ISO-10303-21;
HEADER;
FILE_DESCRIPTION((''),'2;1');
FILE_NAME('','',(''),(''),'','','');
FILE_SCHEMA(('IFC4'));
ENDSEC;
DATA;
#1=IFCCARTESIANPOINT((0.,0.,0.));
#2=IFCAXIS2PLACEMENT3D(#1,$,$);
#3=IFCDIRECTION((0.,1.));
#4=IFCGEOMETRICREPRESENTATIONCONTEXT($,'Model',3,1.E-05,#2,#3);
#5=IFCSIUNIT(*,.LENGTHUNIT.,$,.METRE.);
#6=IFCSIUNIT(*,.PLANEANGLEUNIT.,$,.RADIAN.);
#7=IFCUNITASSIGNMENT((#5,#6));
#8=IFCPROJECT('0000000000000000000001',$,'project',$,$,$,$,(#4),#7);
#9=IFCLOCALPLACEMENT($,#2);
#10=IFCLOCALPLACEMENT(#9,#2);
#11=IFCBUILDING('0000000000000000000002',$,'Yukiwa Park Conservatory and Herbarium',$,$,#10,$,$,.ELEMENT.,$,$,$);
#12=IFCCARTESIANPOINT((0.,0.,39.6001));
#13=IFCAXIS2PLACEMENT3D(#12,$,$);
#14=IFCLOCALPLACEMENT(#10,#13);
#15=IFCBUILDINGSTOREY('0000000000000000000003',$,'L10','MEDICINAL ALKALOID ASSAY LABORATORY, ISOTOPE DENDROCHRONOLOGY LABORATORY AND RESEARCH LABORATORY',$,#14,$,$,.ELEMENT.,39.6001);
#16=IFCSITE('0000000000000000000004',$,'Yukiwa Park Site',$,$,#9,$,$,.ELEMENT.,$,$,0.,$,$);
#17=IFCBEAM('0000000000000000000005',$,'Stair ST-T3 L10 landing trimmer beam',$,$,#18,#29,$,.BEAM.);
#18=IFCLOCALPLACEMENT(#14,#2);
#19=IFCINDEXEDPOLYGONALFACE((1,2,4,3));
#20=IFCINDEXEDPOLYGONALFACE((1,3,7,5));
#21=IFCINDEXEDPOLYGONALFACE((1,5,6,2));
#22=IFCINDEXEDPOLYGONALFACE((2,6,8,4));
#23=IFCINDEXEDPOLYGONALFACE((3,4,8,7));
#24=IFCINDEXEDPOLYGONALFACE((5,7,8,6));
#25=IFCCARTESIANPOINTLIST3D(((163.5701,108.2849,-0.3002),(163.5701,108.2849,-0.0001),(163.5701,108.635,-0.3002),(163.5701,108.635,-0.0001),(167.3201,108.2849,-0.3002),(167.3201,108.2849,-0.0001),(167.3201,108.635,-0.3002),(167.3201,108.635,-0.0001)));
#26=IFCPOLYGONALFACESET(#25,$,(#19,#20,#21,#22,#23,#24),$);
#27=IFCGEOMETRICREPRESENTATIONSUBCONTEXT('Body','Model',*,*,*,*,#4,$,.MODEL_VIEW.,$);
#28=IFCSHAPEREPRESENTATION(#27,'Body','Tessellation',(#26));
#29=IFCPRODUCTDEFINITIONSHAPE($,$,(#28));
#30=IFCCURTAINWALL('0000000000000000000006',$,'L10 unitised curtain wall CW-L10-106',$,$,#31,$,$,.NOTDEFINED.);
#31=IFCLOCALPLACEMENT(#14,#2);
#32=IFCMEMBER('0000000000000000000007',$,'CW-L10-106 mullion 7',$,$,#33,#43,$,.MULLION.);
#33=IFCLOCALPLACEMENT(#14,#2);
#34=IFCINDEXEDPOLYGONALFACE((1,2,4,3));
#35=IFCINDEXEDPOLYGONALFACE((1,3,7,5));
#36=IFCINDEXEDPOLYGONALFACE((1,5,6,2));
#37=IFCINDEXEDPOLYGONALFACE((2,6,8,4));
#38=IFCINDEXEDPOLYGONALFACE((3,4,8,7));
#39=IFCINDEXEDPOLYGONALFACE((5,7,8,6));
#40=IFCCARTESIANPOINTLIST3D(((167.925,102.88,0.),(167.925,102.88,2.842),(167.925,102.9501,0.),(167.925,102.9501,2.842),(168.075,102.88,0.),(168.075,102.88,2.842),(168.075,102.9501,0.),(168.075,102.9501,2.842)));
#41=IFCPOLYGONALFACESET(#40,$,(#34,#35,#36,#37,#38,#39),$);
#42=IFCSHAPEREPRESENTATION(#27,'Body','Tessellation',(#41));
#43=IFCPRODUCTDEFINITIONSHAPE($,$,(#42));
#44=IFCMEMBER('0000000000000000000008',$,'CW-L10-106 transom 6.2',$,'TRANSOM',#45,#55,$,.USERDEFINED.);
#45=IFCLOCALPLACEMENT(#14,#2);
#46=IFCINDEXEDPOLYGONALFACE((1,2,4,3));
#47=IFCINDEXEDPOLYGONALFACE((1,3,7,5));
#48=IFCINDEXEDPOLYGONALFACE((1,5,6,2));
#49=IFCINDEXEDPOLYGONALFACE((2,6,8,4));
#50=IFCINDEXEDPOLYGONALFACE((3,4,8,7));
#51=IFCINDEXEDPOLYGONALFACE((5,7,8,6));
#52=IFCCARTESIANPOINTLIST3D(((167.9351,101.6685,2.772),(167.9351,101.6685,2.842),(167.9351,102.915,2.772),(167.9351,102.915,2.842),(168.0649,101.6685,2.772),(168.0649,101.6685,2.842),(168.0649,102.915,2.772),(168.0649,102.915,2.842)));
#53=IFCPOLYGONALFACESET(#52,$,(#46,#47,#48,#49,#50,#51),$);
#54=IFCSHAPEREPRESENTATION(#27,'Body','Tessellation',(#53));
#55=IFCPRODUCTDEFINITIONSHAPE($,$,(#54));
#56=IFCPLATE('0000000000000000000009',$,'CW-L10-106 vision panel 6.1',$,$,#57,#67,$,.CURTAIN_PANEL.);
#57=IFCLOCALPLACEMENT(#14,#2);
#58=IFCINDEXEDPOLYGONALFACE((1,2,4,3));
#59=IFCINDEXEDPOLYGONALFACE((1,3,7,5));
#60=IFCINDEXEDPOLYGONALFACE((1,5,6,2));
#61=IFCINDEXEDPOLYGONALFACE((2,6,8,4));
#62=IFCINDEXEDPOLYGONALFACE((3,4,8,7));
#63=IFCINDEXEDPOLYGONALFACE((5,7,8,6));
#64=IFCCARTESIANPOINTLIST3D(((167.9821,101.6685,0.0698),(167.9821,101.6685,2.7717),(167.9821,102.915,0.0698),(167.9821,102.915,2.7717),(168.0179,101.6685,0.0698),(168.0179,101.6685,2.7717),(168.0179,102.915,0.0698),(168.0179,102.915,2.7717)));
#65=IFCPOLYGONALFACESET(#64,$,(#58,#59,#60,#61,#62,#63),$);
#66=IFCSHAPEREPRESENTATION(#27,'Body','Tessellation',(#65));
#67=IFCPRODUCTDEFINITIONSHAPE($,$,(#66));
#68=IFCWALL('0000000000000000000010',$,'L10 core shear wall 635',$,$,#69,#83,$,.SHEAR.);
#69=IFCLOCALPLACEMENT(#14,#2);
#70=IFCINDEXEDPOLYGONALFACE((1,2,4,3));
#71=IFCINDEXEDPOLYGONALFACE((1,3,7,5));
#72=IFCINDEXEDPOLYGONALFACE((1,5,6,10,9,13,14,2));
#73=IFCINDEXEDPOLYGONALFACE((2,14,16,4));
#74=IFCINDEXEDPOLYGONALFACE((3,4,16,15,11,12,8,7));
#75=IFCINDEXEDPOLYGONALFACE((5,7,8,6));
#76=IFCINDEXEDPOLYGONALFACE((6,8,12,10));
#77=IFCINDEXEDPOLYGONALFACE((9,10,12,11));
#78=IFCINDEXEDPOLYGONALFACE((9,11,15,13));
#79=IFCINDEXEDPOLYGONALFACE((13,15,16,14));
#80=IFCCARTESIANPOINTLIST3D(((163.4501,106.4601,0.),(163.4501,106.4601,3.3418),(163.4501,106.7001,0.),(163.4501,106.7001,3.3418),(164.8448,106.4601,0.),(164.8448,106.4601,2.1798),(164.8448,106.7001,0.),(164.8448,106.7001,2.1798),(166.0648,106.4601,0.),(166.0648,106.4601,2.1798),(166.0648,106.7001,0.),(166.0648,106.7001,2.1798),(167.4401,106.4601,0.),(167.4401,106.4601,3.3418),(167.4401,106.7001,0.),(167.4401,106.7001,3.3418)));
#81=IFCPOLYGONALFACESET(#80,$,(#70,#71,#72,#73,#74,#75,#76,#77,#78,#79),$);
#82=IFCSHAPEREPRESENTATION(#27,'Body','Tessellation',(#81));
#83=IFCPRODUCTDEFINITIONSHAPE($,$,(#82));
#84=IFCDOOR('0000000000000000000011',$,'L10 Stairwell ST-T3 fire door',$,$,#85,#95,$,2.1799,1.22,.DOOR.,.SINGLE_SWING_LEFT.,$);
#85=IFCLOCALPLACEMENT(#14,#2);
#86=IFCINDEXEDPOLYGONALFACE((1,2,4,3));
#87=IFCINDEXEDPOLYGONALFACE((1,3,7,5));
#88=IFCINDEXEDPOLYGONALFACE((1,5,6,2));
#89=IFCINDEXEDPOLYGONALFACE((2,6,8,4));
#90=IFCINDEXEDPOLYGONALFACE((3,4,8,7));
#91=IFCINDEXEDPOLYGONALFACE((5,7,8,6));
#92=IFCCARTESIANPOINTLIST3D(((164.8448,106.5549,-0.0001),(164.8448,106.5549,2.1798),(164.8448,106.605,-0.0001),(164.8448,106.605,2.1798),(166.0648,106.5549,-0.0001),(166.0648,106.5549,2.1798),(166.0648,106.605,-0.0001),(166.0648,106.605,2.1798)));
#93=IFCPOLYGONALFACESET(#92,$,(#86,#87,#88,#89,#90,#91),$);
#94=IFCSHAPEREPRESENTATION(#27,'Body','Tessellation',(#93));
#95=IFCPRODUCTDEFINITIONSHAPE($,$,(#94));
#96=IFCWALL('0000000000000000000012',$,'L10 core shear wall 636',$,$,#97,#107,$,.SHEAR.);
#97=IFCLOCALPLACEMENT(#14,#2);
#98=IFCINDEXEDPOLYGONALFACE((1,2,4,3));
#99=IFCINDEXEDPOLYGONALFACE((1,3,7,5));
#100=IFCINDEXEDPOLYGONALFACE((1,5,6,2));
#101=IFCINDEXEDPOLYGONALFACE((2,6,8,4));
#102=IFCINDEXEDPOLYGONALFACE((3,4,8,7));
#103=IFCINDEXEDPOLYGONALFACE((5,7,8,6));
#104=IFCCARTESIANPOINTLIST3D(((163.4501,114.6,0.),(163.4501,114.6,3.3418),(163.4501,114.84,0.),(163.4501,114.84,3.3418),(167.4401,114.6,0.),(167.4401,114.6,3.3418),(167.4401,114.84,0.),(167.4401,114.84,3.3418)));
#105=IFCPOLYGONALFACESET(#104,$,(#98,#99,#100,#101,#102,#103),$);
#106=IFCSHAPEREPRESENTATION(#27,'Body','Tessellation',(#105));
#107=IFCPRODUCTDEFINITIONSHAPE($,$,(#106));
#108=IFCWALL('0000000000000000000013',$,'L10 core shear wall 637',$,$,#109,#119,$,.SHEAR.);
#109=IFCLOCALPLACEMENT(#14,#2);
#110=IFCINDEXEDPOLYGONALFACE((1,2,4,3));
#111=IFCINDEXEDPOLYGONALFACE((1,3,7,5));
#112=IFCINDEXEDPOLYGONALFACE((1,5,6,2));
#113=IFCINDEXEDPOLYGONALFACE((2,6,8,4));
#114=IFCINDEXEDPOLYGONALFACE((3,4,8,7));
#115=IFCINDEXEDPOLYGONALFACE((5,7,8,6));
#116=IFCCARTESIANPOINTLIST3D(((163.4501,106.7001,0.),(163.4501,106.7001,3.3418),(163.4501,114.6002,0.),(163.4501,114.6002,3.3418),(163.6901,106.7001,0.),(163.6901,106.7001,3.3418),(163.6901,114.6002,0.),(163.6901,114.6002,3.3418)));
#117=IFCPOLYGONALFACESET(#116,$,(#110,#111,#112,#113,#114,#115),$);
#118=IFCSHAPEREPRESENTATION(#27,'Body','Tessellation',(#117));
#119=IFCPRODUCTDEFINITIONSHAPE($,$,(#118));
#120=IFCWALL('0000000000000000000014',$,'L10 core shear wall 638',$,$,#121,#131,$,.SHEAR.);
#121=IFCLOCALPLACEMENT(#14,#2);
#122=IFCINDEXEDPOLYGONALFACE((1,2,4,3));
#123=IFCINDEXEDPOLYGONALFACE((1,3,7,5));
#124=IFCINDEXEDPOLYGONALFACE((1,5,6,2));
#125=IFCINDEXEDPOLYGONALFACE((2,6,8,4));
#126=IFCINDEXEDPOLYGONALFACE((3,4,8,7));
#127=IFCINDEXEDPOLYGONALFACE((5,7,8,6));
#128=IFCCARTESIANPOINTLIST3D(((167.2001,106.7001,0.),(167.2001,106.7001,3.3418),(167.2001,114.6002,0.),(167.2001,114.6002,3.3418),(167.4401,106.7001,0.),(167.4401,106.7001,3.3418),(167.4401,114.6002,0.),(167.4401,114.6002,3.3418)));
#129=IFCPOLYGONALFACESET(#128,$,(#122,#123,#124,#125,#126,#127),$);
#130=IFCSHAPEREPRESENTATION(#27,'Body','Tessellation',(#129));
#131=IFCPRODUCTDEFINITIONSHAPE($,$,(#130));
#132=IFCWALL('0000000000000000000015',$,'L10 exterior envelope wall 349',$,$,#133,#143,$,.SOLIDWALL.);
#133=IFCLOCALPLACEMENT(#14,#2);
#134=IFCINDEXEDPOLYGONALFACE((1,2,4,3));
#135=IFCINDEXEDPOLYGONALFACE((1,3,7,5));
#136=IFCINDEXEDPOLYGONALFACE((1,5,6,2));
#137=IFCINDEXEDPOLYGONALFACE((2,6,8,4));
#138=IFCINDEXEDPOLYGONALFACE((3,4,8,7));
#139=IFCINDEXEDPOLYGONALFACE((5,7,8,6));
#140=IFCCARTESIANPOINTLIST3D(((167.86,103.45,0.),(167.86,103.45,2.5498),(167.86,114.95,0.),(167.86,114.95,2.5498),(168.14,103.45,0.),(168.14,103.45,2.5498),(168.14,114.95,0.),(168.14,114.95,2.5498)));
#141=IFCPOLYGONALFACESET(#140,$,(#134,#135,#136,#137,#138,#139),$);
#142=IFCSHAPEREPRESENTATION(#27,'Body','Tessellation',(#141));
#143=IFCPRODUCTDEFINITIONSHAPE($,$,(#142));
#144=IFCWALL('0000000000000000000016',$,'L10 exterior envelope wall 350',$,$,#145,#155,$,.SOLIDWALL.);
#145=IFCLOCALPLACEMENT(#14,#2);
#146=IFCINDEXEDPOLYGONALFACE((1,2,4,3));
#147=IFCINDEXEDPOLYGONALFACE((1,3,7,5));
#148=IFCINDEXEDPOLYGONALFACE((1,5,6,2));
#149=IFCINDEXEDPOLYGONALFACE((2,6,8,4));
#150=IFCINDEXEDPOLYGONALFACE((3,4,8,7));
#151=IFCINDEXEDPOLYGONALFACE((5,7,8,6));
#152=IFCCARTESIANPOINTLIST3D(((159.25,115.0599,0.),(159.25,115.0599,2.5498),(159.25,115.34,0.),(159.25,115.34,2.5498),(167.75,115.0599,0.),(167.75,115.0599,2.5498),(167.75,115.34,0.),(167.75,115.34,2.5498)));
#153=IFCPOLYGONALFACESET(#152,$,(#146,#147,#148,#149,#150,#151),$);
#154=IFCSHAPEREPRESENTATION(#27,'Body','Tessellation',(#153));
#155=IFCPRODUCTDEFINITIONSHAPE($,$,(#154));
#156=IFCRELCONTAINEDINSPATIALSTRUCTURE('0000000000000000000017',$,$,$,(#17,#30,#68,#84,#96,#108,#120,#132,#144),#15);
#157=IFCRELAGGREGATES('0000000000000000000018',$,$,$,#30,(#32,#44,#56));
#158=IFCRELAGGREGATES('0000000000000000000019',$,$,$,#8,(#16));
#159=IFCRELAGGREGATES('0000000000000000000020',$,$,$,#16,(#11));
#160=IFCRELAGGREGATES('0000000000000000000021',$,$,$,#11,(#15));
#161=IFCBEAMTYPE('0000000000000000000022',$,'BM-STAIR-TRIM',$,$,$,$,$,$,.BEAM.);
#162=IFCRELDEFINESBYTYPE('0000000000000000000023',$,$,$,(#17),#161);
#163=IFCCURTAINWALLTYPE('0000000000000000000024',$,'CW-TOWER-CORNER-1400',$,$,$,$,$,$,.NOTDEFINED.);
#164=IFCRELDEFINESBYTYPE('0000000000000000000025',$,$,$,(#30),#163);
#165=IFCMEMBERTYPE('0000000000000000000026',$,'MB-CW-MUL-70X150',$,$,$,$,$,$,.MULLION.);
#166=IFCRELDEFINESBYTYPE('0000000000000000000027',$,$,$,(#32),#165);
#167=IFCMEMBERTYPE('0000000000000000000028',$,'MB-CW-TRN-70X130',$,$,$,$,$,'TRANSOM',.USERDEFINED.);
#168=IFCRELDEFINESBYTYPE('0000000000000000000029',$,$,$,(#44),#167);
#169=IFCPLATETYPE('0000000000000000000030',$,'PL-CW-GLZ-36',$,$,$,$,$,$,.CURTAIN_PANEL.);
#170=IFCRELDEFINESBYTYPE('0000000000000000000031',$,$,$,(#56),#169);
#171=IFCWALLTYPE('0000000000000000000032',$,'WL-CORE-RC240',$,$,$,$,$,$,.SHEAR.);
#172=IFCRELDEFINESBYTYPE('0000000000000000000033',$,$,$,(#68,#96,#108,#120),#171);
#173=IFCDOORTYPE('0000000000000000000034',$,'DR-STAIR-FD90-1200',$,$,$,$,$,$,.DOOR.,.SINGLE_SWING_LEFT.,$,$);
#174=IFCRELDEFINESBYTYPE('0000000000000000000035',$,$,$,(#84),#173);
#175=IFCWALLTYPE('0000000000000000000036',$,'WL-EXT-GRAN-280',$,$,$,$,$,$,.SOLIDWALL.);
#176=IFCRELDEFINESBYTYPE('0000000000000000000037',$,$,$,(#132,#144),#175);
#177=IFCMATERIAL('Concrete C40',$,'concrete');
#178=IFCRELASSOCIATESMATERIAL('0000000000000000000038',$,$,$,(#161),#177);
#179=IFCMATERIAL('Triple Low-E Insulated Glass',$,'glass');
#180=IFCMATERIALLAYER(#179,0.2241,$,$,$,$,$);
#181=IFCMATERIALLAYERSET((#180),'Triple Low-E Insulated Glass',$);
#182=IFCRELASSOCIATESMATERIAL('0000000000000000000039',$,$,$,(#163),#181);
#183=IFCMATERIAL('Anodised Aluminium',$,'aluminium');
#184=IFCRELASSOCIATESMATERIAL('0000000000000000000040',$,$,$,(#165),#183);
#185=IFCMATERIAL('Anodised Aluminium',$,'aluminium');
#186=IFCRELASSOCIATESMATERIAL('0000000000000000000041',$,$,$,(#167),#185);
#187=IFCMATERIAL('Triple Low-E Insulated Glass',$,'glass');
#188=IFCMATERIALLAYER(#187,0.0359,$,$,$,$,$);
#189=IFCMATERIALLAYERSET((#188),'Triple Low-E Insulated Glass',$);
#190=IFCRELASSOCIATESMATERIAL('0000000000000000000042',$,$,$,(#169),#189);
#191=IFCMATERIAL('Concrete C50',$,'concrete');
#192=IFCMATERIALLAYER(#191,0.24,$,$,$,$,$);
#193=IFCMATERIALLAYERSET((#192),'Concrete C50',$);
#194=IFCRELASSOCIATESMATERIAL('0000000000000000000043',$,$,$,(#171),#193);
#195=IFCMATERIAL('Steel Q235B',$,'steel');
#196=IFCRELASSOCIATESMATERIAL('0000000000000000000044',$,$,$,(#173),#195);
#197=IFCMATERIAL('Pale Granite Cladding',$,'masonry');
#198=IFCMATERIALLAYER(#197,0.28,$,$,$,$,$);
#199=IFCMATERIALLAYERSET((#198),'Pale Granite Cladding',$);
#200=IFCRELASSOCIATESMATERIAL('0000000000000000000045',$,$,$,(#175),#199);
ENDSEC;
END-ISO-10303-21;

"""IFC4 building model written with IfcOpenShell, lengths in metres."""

from ifc_helpers import new_model, si_unit, direction, frame, frame_2d, origin, origin_2d, place, context, subcontext, project, spatial, rectangle, extrude, material, layer, layer_set, material_profile, profile_set, type_object, element, fill, aggregate, save


model = new_model("IFC4")

# Units and contexts
model_context = context("Model", 3, precision=1e-05, world=origin(), true_north=direction((0.0, 1.0)))
body_context = subcontext(model_context, "Body", "Model", "MODEL_VIEW")
ifc_project = project(units=[si_unit("LENGTHUNIT", "METRE"), si_unit("PLANEANGLEUNIT", "RADIAN")], contexts=[model_context])

# Site, building, storey
site_placement = place(None, origin())
site = spatial("IfcSite", under=ifc_project, at=site_placement, Name="Yukiwa Park Site", CompositionType="ELEMENT", RefElevation=0.0)
building_placement = place(site_placement, origin())
building = spatial("IfcBuilding", under=site, at=building_placement, Name="Yukiwa Park Conservatory and Herbarium", CompositionType="ELEMENT")
storey_placement = place(building_placement, frame((0.0, 0.0, 39.6001)))
storey = spatial("IfcBuildingStorey", under=building, at=storey_placement, Name="L10", Description="MEDICINAL ALKALOID ASSAY LABORATORY, ISOTOPE DENDROCHRONOLOGY LABORATORY AND RESEARCH LABORATORY", CompositionType="ELEMENT", Elevation=39.6001)

# Beam
ifc_material_1 = material(Name="Concrete C40", Category="concrete")
ifc_material_profile_1 = material_profile(ifc_material_1, rectangle(XDim=0.3501, YDim=0.3, at=origin_2d()), Name="RC 350x300")
ifc_profile_set_1 = profile_set([ifc_material_profile_1], Name="Concrete C40")
beam_type_1 = type_object("IfcBeamType", Name="BM-STAIR-TRIM", PredefinedType="BEAM", material=ifc_profile_set_1)
beam_1_placement = place(storey_placement, frame((163.5701, 108.46, -0.1501), z_axis=(1.0, 0.0, 0.0), x_axis=(0.0, 1.0, 0.0)))
element("IfcBeam", 1, at=beam_1_placement, inside=storey, type_object=beam_type_1, Name="Stair ST-T3 L10 landing trimmer beam", PredefinedType="BEAM", context=body_context, shape_type="SweptSolid", body=[
    extrude(rectangle(XDim=0.3501, YDim=0.3, at=origin_2d()), origin(), (0.0, 0.0, 1.0), 3.75),
])

# Curtain wall, members, plate
ifc_material_2 = material(Name="Triple Low-E Insulated Glass", Category="glass")
ifc_layer_1 = layer(ifc_material_2, 0.2241)
ifc_layer_set_1 = layer_set([ifc_layer_1], Name="Triple Low-E Insulated Glass")
curtain_wall_type = type_object("IfcCurtainWallType", Name="CW-TOWER-CORNER-1400", PredefinedType="NOTDEFINED", material=ifc_layer_set_1)
curtain_wall_placement = place(storey_placement, origin())
curtain_wall = element("IfcCurtainWall", 2, at=curtain_wall_placement, inside=storey, type_object=curtain_wall_type, Name="L10 unitised curtain wall CW-L10-106", PredefinedType="NOTDEFINED")
ifc_material_3 = material(Name="Anodised Aluminium", Category="aluminium")
member_type_1 = type_object("IfcMemberType", Name="MB-CW-MUL-70X150", PredefinedType="MULLION", material=ifc_material_3)
member_1_placement = place(storey_placement, frame((168.0, 102.915, 0.0), z_axis=(0.0, 0.0, 1.0), x_axis=(0.0, 1.0, 0.0)))
member_1 = element("IfcMember", 3, at=member_1_placement, type_object=member_type_1, Name="CW-L10-106 mullion 7", PredefinedType="MULLION", context=body_context, shape_type="SweptSolid", body=[
    extrude(rectangle(XDim=0.0701, YDim=0.1499, at=origin_2d()), origin(), (0.0, 0.0, 1.0), 2.842),
])
ifc_material_4 = material(Name="Anodised Aluminium", Category="aluminium")
member_type_2 = type_object("IfcMemberType", Name="MB-CW-TRN-70X130", ElementType="TRANSOM", PredefinedType="USERDEFINED", material=ifc_material_4)
member_2_placement = place(storey_placement, frame((168.0, 102.2917, 2.772), z_axis=(0.0, 0.0, 1.0), x_axis=(0.0, 1.0, 0.0)))
member_2 = element("IfcMember", 4, at=member_2_placement, type_object=member_type_2, Name="CW-L10-106 transom 6.2", ObjectType="TRANSOM", PredefinedType="USERDEFINED", context=body_context, shape_type="SweptSolid", body=[
    extrude(rectangle(XDim=1.2466, YDim=0.1299, at=origin_2d()), origin(), (0.0, 0.0, 1.0), 0.0701),
])
ifc_material_5 = material(Name="Triple Low-E Insulated Glass", Category="glass")
ifc_layer_2 = layer(ifc_material_5, 0.0359)
ifc_layer_set_2 = layer_set([ifc_layer_2], Name="Triple Low-E Insulated Glass")
plate_type = type_object("IfcPlateType", Name="PL-CW-GLZ-36", PredefinedType="CURTAIN_PANEL", material=ifc_layer_set_2)
plate_placement = place(storey_placement, frame((168.0, 102.2917, 0.0698), z_axis=(0.0, 0.0, 1.0), x_axis=(0.0, 1.0, 0.0)))
plate = element("IfcPlate", 5, at=plate_placement, type_object=plate_type, Name="CW-L10-106 vision panel 6.1", PredefinedType="CURTAIN_PANEL", context=body_context, shape_type="SweptSolid", body=[
    extrude(rectangle(XDim=1.2466, YDim=0.0359, at=origin_2d()), origin(), (0.0, 0.0, 1.0), 2.7019),
])
aggregate(curtain_wall, [member_1, member_2, plate])

# Wall, opening, door
ifc_material_6 = material(Name="Concrete C50", Category="concrete")
ifc_layer_3 = layer(ifc_material_6, 0.24)
ifc_layer_set_3 = layer_set([ifc_layer_3], Name="Concrete C50")
wall_type_1 = type_object("IfcWallType", Name="WL-CORE-RC240", PredefinedType="SHEAR", material=ifc_layer_set_3)
wall_1_placement = place(storey_placement, frame((163.45, 106.5801, 0.0), z_axis=(0.0, 0.0, 1.0), x_axis=(1.0, 0.0, 0.0)))
wall_1 = element("IfcWall", 6, at=wall_1_placement, inside=storey, type_object=wall_type_1, Name="L10 core shear wall 635", PredefinedType="SHEAR", context=body_context, shape_type="SweptSolid", body=[
    extrude(rectangle(XDim=3.99, YDim=0.24, at=frame_2d((1.9951, 0.0))), origin(), (0.0, 0.0, 1.0), 3.3418),
])
opening_1_placement = place(wall_1_placement, frame((1.395, 0.0, 0.0)))
opening_1 = element("IfcOpeningElement", 7, at=opening_1_placement, cuts=wall_1, PredefinedType="OPENING", context=body_context, shape_type="SweptSolid", body=[
    extrude(rectangle(XDim=1.22, YDim=2.1799, at=frame_2d((0.6099, 1.0898))), frame((0.0, 0.1299, 0.0), z_axis=(0.0, -1.0, 0.0), x_axis=(1.0, 0.0, 0.0)), (0.0, 0.0, 1.0), 0.26),
])
ifc_material_7 = material(Name="Steel Q235B", Category="steel")
door_type_1 = type_object("IfcDoorType", Name="DR-STAIR-FD90-1200", OperationType="SINGLE_SWING_LEFT", PredefinedType="DOOR", material=ifc_material_7)
door_1_placement = place(opening_1_placement, origin())
door_1 = element("IfcDoor", 8, at=door_1_placement, inside=storey, type_object=door_type_1, Name="L10 Stairwell ST-T3 fire door", OperationType="SINGLE_SWING_LEFT", OverallHeight=2.1799, OverallWidth=1.22, PredefinedType="DOOR", context=body_context, shape_type="SweptSolid", body=[
    extrude(rectangle(XDim=1.22, YDim=2.1799, at=frame_2d((0.6099, 1.0898))), frame((0.0, 0.0249, 0.0), z_axis=(0.0, -1.0, 0.0), x_axis=(1.0, 0.0, 0.0)), (0.0, 0.0, 1.0), 0.05),
])
fill(opening_1, door_1)

# Walls
wall_2_placement = place(storey_placement, frame((163.45, 114.72, 0.0), z_axis=(0.0, 0.0, 1.0), x_axis=(1.0, 0.0, 0.0)))
element("IfcWall", 9, at=wall_2_placement, inside=storey, type_object=wall_type_1, Name="L10 core shear wall 636", PredefinedType="SHEAR", context=body_context, shape_type="SweptSolid", body=[
    extrude(rectangle(XDim=3.99, YDim=0.24, at=frame_2d((1.9951, 0.0))), origin(), (0.0, 0.0, 1.0), 3.3418),
])
for number, where, z_axis, x_axis, name in (
    (10, (163.5701, 106.7, 0.0), (0.0, 0.0, 1.0), (0.0, 1.0, 0.0), "L10 core shear wall 637"),
    (11, (167.3201, 106.7, 0.0), (0.0, 0.0, 1.0), (0.0, 1.0, 0.0), "L10 core shear wall 638"),
):
    element("IfcWall", number, at=place(storey_placement, frame(where, z_axis=z_axis, x_axis=x_axis)), inside=storey, type_object=wall_type_1, Name=name, PredefinedType="SHEAR", context=body_context, shape_type="SweptSolid", body=[
        extrude(rectangle(XDim=7.9001, YDim=0.24, at=frame_2d((3.9502, 0.0))), origin(), (0.0, 0.0, 1.0), 3.3418),
    ])
ifc_material_8 = material(Name="Pale Granite Cladding", Category="masonry")
ifc_layer_4 = layer(ifc_material_8, 0.28)
ifc_layer_set_4 = layer_set([ifc_layer_4], Name="Pale Granite Cladding")
wall_type_2 = type_object("IfcWallType", Name="WL-EXT-GRAN-280", PredefinedType="SOLIDWALL", material=ifc_layer_set_4)
wall_3_placement = place(storey_placement, frame((168.0, 103.45, 0.0), z_axis=(0.0, 0.0, 1.0), x_axis=(0.0, 1.0, 0.0)))
element("IfcWall", 12, at=wall_3_placement, inside=storey, type_object=wall_type_2, Name="L10 exterior envelope wall 349", PredefinedType="SOLIDWALL", context=body_context, shape_type="SweptSolid", body=[
    extrude(rectangle(XDim=11.5, YDim=0.28, at=frame_2d((5.75, 0.0))), origin(), (0.0, 0.0, 1.0), 2.5498),
])
wall_4_placement = place(storey_placement, frame((167.75, 115.2, 0.0), z_axis=(0.0, 0.0, 1.0), x_axis=(-1.0, 0.0, 0.0)))
element("IfcWall", 13, at=wall_4_placement, inside=storey, type_object=wall_type_2, Name="L10 exterior envelope wall 350", PredefinedType="SOLIDWALL", context=body_context, shape_type="SweptSolid", body=[
    extrude(rectangle(XDim=8.5, YDim=0.28, at=frame_2d((4.25, 0.0))), origin(), (0.0, 0.0, 1.0), 2.5498),
])

save(model, "model.ifc")
